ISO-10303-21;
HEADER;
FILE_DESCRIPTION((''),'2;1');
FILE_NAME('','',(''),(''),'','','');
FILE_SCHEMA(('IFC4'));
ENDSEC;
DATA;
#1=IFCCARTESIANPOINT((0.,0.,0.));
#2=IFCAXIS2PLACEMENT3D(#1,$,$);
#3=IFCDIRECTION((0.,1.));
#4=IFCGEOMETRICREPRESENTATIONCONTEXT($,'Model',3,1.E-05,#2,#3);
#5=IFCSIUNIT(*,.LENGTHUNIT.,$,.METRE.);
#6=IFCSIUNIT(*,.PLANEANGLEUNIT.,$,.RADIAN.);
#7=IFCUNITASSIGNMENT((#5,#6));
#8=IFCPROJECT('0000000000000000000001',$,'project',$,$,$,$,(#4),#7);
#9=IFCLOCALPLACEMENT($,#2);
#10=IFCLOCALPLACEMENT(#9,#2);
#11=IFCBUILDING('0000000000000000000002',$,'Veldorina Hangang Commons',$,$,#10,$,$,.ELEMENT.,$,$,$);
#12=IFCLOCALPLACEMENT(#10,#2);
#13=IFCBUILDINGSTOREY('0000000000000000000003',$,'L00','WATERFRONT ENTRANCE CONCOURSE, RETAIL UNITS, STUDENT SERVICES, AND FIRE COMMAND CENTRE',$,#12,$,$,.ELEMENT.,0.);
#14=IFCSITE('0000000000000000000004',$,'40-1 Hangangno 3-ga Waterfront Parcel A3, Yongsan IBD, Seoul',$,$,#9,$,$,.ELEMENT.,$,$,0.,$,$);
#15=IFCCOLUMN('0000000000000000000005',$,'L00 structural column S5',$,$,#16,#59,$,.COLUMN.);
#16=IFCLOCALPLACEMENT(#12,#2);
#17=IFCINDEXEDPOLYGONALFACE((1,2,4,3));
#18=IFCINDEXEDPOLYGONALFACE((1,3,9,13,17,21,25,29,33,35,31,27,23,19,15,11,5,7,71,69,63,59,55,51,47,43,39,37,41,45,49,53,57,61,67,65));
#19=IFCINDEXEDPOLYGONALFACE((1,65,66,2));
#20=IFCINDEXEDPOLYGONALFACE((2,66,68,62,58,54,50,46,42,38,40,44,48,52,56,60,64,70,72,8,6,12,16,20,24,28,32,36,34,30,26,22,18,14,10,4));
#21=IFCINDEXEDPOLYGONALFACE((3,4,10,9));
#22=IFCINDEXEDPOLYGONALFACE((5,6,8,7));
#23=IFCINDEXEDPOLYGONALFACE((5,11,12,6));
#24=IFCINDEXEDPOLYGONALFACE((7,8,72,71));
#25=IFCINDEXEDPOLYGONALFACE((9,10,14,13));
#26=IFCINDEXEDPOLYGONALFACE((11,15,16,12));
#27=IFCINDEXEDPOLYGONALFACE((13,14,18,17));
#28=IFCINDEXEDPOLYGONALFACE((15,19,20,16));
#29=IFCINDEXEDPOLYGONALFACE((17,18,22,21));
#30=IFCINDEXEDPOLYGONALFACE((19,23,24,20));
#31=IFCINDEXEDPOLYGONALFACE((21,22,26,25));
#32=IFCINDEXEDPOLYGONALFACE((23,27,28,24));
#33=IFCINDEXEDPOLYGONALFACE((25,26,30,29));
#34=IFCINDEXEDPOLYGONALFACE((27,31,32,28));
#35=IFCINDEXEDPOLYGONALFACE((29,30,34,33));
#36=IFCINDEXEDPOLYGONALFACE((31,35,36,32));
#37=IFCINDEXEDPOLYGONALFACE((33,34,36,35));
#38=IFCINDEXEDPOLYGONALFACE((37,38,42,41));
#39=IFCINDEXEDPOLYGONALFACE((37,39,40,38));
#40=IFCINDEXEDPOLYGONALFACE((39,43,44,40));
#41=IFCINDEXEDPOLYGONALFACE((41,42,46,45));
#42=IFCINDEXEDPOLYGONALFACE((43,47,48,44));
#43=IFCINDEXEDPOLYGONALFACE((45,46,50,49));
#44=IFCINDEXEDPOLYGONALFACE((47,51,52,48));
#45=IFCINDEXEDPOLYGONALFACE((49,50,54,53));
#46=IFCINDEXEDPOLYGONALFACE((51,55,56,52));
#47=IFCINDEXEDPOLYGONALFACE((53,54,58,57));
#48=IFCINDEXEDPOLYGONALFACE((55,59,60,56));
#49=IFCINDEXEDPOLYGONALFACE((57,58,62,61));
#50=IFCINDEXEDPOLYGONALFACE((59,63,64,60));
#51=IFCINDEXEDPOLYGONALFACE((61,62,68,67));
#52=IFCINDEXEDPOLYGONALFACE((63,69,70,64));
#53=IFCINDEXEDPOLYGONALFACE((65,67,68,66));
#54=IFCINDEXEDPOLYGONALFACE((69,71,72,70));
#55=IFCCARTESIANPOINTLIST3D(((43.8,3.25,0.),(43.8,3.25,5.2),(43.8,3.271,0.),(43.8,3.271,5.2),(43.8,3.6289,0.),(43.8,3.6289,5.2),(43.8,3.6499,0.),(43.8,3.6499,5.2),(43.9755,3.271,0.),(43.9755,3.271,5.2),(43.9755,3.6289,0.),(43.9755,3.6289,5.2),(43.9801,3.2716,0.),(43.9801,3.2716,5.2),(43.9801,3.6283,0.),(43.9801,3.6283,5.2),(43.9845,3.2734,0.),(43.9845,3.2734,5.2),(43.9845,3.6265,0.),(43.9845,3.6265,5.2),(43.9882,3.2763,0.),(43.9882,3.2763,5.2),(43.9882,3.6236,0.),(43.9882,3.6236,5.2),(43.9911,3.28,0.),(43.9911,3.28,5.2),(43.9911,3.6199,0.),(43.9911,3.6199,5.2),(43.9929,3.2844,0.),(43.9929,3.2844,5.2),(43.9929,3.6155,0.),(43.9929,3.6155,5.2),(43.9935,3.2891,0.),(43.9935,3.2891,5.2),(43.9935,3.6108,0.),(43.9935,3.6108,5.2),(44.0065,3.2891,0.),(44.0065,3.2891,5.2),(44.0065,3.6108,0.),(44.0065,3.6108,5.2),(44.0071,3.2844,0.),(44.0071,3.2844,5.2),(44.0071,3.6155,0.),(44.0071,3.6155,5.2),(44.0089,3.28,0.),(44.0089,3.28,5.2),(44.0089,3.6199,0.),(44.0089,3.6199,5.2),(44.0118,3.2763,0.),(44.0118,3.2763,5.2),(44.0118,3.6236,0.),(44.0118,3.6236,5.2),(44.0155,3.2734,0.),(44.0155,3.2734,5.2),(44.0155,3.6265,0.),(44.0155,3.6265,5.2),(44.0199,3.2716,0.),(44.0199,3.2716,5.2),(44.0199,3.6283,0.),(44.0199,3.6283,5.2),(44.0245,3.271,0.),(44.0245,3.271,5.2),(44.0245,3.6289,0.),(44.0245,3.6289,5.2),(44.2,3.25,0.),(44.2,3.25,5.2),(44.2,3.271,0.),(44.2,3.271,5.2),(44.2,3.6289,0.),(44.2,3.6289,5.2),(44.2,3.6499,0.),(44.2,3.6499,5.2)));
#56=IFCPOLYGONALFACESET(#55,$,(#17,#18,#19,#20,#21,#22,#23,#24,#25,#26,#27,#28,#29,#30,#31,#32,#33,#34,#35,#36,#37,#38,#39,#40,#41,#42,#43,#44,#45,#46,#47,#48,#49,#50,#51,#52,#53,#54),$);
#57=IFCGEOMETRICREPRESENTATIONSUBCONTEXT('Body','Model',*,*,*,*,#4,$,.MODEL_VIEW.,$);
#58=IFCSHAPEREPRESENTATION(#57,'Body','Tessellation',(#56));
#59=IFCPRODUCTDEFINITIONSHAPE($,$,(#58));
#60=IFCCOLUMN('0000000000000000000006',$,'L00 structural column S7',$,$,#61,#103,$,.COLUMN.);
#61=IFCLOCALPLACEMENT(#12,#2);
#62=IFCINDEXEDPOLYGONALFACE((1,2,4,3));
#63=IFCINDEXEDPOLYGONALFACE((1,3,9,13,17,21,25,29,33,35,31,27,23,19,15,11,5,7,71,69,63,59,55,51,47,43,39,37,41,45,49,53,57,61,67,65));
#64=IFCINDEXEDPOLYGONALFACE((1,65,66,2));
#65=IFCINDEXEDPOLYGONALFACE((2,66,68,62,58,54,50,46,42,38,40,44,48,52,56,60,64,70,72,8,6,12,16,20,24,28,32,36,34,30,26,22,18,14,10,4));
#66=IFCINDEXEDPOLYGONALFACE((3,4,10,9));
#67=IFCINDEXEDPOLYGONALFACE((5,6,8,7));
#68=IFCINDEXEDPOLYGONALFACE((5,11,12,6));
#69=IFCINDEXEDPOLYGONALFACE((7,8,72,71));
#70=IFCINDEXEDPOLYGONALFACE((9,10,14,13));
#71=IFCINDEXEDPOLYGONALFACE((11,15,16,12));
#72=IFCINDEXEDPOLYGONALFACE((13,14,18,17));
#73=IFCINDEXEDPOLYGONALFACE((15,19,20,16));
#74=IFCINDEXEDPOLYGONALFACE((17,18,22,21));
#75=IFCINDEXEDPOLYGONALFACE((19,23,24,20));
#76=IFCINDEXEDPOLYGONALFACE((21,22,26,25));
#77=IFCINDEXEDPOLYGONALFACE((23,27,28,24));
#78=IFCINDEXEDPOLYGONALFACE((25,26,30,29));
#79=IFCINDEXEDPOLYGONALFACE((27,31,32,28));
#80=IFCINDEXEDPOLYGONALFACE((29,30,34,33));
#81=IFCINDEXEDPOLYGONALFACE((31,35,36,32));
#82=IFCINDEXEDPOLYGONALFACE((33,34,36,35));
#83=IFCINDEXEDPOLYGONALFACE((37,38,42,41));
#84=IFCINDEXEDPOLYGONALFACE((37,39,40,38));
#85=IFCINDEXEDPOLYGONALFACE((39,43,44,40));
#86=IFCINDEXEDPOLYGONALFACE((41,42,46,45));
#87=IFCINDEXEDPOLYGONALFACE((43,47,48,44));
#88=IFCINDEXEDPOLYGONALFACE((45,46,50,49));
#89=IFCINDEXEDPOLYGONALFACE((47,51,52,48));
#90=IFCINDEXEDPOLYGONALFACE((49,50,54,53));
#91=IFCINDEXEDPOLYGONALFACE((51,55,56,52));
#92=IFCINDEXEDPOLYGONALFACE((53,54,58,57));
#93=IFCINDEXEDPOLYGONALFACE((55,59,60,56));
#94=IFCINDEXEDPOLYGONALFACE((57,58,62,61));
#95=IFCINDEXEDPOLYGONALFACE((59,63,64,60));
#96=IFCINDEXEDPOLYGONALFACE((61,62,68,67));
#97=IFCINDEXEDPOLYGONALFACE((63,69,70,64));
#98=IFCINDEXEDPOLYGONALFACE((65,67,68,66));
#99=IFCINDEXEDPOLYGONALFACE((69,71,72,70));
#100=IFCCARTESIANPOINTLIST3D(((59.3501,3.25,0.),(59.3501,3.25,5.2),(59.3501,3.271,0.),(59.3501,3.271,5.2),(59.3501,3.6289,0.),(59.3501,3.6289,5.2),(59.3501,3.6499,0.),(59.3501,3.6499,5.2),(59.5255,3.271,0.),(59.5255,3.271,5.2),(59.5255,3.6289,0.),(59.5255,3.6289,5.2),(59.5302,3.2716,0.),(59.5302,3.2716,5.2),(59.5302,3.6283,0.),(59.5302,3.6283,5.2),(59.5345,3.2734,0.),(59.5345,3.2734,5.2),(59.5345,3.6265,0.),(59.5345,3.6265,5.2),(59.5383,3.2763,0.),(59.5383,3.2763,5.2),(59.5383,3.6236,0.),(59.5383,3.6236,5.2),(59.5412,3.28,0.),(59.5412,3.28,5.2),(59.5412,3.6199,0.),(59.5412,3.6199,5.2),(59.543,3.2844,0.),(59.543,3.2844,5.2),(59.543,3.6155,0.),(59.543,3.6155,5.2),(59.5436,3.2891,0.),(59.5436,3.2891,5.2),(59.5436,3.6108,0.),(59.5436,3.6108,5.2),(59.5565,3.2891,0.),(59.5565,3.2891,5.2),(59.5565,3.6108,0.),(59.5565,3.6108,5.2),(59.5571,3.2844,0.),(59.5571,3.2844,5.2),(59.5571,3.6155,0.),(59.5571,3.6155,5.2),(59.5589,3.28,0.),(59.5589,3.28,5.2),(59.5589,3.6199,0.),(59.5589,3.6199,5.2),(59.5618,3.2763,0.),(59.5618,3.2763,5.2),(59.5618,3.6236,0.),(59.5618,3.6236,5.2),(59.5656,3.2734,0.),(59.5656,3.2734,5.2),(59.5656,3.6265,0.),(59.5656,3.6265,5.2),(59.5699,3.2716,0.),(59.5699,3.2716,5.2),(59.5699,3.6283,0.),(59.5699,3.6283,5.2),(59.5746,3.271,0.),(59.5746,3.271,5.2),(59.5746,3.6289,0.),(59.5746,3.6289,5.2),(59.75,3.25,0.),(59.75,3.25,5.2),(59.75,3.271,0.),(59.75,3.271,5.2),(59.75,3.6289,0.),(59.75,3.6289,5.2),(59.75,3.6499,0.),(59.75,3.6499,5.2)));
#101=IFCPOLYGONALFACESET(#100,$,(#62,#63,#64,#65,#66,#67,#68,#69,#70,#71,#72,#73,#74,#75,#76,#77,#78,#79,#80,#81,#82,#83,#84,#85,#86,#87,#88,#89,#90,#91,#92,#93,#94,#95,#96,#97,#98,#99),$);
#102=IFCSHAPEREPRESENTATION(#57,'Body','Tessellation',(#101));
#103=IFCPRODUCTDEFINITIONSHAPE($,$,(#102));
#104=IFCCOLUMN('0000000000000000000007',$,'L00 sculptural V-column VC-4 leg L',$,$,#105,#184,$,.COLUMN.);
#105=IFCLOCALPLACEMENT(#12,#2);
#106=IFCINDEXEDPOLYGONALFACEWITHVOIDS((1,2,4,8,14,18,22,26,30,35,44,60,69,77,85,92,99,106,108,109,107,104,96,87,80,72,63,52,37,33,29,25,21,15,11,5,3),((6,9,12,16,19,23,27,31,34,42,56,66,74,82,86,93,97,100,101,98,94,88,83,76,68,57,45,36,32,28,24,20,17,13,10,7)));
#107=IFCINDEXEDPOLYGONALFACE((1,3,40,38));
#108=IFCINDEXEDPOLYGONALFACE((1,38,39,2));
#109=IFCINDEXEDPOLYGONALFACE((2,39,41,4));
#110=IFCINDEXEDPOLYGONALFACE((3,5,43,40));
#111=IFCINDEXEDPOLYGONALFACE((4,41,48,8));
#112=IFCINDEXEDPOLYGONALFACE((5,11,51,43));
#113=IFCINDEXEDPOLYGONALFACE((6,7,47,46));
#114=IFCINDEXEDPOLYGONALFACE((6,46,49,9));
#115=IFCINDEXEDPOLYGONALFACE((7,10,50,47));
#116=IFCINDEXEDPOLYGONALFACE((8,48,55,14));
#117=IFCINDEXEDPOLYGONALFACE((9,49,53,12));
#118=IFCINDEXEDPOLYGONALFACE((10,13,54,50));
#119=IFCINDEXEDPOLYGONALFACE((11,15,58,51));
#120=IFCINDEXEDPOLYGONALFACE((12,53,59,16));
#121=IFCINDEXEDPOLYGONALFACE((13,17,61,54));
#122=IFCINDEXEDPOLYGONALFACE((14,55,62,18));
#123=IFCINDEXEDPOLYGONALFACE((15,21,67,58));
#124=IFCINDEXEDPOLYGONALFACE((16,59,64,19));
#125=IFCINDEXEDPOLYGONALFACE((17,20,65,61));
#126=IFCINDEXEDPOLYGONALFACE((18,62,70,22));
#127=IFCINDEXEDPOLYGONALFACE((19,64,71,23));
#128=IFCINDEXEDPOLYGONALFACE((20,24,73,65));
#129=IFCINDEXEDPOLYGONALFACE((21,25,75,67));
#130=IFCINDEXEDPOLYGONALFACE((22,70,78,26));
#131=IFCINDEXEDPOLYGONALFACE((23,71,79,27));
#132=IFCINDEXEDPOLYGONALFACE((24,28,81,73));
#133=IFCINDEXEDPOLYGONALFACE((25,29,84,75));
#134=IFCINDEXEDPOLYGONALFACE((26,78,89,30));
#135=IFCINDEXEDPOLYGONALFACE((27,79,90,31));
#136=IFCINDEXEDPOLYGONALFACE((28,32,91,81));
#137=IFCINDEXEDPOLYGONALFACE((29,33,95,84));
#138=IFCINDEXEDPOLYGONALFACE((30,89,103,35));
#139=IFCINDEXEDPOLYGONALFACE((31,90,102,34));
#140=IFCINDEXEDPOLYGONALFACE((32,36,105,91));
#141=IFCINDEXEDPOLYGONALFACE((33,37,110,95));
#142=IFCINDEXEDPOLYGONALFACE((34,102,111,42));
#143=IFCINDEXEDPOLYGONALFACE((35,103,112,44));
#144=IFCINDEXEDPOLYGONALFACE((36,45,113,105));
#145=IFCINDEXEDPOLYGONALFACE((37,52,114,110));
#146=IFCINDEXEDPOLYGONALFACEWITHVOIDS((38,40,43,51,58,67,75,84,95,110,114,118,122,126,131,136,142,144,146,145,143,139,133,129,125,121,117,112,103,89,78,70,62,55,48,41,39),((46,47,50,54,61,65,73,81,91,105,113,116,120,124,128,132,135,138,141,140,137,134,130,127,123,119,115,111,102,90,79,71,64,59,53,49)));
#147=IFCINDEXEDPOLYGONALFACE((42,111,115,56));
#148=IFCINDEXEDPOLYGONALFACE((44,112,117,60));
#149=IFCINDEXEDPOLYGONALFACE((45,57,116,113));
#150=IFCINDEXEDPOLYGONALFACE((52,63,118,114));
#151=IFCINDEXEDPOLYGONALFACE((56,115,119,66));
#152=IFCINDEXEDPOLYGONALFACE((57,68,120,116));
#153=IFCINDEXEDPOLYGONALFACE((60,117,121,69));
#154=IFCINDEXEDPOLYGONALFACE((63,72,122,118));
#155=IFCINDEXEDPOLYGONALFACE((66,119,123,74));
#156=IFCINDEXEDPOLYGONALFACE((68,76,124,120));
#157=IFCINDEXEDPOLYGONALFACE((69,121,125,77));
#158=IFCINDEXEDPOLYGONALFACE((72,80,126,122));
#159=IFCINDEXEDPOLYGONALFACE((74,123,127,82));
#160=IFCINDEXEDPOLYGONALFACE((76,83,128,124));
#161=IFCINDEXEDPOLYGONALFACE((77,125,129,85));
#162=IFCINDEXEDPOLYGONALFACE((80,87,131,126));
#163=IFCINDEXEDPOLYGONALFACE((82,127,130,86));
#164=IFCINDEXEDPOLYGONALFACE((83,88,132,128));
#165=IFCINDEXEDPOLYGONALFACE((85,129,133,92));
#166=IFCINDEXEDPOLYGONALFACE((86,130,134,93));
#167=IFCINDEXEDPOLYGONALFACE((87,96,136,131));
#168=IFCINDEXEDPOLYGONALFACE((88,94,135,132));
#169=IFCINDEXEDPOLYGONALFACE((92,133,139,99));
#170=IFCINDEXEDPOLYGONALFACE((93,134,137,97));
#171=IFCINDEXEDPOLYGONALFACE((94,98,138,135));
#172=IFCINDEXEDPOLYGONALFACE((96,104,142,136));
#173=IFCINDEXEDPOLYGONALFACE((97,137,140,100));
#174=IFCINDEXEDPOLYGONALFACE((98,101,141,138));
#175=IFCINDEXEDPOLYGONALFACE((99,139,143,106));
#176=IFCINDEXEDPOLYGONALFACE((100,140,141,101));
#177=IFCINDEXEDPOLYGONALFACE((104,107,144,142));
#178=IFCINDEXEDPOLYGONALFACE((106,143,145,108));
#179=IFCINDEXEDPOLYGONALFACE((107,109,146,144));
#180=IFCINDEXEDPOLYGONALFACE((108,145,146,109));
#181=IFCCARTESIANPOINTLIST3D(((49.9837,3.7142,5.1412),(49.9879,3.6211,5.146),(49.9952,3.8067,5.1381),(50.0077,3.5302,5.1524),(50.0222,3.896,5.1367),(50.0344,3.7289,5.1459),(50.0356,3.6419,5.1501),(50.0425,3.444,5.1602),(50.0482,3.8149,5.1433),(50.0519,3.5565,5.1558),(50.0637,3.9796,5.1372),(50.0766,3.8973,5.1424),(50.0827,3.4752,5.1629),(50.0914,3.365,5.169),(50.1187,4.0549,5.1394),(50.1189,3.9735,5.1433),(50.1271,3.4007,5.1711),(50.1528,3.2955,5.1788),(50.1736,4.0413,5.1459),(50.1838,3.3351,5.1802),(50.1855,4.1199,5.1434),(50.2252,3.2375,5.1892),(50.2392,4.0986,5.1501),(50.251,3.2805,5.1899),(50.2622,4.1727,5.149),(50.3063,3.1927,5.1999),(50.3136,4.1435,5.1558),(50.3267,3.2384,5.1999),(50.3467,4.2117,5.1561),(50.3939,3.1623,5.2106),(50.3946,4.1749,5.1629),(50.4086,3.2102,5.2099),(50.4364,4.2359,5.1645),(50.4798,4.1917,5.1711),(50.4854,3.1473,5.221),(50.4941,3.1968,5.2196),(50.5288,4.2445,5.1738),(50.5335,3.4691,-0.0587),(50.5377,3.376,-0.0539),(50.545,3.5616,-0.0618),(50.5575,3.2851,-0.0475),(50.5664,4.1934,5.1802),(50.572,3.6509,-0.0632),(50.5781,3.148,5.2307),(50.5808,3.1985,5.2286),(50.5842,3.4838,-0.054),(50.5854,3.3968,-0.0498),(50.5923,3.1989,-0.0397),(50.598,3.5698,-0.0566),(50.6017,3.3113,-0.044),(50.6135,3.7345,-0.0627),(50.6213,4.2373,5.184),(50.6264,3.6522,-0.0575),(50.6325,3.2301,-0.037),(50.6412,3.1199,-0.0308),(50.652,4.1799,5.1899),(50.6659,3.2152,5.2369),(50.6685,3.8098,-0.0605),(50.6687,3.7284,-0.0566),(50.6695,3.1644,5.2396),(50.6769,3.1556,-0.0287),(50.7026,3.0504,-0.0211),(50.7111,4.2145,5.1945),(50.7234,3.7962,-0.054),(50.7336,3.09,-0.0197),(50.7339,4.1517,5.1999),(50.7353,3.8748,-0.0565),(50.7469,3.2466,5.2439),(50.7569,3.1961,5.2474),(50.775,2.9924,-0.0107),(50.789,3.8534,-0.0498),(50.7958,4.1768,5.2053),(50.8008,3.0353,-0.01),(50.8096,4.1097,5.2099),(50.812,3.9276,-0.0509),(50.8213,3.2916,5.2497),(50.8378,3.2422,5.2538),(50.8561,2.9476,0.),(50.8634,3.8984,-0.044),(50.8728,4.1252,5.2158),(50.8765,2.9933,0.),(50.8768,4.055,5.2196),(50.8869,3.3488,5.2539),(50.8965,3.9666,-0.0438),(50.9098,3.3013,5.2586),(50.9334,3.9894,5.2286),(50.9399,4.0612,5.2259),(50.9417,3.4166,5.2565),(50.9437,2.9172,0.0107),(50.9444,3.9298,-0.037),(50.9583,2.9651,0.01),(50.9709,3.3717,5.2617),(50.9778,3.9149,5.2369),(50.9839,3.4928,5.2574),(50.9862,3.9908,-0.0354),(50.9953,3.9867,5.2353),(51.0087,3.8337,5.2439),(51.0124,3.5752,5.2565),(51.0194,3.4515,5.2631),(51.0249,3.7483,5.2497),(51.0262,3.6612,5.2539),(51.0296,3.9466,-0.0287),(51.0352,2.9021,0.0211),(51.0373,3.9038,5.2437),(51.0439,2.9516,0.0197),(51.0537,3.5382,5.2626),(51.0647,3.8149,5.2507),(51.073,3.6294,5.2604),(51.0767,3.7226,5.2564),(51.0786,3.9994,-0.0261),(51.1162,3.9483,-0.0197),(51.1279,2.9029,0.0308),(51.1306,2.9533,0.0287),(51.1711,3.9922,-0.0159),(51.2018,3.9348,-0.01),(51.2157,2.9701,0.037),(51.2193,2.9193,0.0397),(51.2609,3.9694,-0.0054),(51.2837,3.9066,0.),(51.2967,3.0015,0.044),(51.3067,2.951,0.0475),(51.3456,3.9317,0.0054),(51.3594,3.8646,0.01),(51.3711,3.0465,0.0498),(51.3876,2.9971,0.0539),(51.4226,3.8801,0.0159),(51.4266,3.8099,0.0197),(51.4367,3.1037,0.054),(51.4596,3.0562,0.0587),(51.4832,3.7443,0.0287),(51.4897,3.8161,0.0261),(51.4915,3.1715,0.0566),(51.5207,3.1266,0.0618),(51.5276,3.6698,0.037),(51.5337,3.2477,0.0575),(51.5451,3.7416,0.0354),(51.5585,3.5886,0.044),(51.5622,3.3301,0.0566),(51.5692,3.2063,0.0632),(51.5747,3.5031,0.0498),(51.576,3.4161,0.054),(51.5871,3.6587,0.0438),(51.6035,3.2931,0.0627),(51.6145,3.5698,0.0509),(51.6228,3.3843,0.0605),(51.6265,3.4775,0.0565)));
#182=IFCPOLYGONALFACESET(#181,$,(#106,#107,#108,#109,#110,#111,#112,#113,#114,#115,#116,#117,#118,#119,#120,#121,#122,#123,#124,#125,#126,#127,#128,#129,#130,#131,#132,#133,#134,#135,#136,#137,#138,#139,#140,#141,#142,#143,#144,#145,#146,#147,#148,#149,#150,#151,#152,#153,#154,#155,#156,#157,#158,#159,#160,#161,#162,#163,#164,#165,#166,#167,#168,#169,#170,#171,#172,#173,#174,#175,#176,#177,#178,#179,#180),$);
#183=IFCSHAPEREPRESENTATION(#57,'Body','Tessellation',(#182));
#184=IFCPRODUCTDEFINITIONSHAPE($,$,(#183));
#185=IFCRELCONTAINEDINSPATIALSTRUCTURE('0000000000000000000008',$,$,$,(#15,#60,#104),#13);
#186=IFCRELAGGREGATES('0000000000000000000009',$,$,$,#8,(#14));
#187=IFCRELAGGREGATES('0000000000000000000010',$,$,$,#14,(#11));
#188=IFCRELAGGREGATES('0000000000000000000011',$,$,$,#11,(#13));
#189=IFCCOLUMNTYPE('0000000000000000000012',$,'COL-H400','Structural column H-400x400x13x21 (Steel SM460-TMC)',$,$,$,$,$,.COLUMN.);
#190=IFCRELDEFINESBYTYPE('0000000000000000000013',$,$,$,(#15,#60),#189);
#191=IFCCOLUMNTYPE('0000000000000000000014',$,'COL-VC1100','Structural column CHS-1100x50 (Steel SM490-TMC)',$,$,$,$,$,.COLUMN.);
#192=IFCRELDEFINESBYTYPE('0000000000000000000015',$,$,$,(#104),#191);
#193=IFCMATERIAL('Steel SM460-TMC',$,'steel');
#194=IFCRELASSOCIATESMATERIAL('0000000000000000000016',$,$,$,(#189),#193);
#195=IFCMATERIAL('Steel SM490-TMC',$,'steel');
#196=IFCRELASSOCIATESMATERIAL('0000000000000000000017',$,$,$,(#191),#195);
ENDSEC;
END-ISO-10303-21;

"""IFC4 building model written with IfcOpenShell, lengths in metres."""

from ifc_helpers import new_model, si_unit, direction, frame, origin, origin_2d, place, context, subcontext, project, spatial, hollow_circle, i_section, extrude, material, material_profile, profile_set, type_object, element, save


model = new_model("IFC4")

# Units and contexts
model_context = context("Model", 3, precision=1e-05, world=origin(), true_north=direction((0.0, 1.0)))
body_context = subcontext(model_context, "Body", "Model", "MODEL_VIEW")
ifc_project = project(units=[si_unit("LENGTHUNIT", "METRE"), si_unit("PLANEANGLEUNIT", "RADIAN")], contexts=[model_context])

# Site, building, storey
site_placement = place(None, origin())
site = spatial("IfcSite", under=ifc_project, at=site_placement, Name="40-1 Hangangno 3-ga Waterfront Parcel A3, Yongsan IBD, Seoul", CompositionType="ELEMENT", RefElevation=0.0)
building_placement = place(site_placement, origin())
building = spatial("IfcBuilding", under=site, at=building_placement, Name="Veldorina Hangang Commons", CompositionType="ELEMENT")
storey_placement = place(building_placement, origin())
storey = spatial("IfcBuildingStorey", under=building, at=storey_placement, Name="L00", Description="WATERFRONT ENTRANCE CONCOURSE, RETAIL UNITS, STUDENT SERVICES, AND FIRE COMMAND CENTRE", CompositionType="ELEMENT", Elevation=0.0)

# Columns
ifc_material_1 = material(Name="Steel SM460-TMC", Category="steel")
ifc_material_profile_1 = material_profile(ifc_material_1, i_section(OverallWidth=0.3999, OverallDepth=0.3999, WebThickness=0.0129, FlangeThickness=0.021, FilletRadius=0.0181, at=origin_2d()), Name="H-400x400x13x21")
ifc_profile_set_1 = profile_set([ifc_material_profile_1], Name="Steel SM460-TMC")
column_type_1 = type_object("IfcColumnType", Name="COL-H400", Description="Structural column H-400x400x13x21 (Steel SM460-TMC)", PredefinedType="COLUMN", material=ifc_profile_set_1)
for number, where, z_axis, x_axis, name in (
    (1, (44.0, 3.45, 0.0), (0.0, 0.0, 1.0), (1.0, 0.0, 0.0), "L00 structural column S5"),
    (2, (59.55, 3.45, 0.0), (0.0, 0.0, 1.0), (1.0, 0.0, 0.0), "L00 structural column S7"),
):
    element("IfcColumn", number, at=place(storey_placement, frame(where, z_axis=z_axis, x_axis=x_axis)), inside=storey, type_object=column_type_1, Name=name, PredefinedType="COLUMN", context=body_context, shape_type="SweptSolid", body=[
        extrude(i_section(OverallWidth=0.3999, OverallDepth=0.3999, WebThickness=0.0129, FlangeThickness=0.021, FilletRadius=0.0181, at=origin_2d()), origin(), (0.0, 0.0, 1.0), 5.2),
    ])
ifc_material_2 = material(Name="Steel SM490-TMC", Category="steel")
ifc_material_profile_2 = material_profile(ifc_material_2, hollow_circle(Radius=0.55, WallThickness=0.05, at=origin_2d()), Name="CHS-1100x50")
ifc_profile_set_2 = profile_set([ifc_material_profile_2], Name="Steel SM490-TMC")
column_type_2 = type_object("IfcColumnType", Name="COL-VC1100", Description="Structural column CHS-1100x50 (Steel SM490-TMC)", PredefinedType="COLUMN", material=ifc_profile_set_2)
for number, where, z_axis, x_axis, name in (
    (3, (51.0801, 3.45, 0.0), (-0.105031, 0.046826, 0.993366), (-0.407192, -0.913343, 0.0), "L00 sculptural V-column VC-4 leg L"),
):
    element("IfcColumn", number, at=place(storey_placement, frame(where, z_axis=z_axis, x_axis=x_axis)), inside=storey, type_object=column_type_2, Name=name, PredefinedType="COLUMN", context=body_context, shape_type="SweptSolid", body=[
        extrude(hollow_circle(Radius=0.55, WallThickness=0.05, at=origin_2d()), origin(), (0.0, 0.0, 1.0), 5.2346),
    ])

save(model, "model.ifc")
